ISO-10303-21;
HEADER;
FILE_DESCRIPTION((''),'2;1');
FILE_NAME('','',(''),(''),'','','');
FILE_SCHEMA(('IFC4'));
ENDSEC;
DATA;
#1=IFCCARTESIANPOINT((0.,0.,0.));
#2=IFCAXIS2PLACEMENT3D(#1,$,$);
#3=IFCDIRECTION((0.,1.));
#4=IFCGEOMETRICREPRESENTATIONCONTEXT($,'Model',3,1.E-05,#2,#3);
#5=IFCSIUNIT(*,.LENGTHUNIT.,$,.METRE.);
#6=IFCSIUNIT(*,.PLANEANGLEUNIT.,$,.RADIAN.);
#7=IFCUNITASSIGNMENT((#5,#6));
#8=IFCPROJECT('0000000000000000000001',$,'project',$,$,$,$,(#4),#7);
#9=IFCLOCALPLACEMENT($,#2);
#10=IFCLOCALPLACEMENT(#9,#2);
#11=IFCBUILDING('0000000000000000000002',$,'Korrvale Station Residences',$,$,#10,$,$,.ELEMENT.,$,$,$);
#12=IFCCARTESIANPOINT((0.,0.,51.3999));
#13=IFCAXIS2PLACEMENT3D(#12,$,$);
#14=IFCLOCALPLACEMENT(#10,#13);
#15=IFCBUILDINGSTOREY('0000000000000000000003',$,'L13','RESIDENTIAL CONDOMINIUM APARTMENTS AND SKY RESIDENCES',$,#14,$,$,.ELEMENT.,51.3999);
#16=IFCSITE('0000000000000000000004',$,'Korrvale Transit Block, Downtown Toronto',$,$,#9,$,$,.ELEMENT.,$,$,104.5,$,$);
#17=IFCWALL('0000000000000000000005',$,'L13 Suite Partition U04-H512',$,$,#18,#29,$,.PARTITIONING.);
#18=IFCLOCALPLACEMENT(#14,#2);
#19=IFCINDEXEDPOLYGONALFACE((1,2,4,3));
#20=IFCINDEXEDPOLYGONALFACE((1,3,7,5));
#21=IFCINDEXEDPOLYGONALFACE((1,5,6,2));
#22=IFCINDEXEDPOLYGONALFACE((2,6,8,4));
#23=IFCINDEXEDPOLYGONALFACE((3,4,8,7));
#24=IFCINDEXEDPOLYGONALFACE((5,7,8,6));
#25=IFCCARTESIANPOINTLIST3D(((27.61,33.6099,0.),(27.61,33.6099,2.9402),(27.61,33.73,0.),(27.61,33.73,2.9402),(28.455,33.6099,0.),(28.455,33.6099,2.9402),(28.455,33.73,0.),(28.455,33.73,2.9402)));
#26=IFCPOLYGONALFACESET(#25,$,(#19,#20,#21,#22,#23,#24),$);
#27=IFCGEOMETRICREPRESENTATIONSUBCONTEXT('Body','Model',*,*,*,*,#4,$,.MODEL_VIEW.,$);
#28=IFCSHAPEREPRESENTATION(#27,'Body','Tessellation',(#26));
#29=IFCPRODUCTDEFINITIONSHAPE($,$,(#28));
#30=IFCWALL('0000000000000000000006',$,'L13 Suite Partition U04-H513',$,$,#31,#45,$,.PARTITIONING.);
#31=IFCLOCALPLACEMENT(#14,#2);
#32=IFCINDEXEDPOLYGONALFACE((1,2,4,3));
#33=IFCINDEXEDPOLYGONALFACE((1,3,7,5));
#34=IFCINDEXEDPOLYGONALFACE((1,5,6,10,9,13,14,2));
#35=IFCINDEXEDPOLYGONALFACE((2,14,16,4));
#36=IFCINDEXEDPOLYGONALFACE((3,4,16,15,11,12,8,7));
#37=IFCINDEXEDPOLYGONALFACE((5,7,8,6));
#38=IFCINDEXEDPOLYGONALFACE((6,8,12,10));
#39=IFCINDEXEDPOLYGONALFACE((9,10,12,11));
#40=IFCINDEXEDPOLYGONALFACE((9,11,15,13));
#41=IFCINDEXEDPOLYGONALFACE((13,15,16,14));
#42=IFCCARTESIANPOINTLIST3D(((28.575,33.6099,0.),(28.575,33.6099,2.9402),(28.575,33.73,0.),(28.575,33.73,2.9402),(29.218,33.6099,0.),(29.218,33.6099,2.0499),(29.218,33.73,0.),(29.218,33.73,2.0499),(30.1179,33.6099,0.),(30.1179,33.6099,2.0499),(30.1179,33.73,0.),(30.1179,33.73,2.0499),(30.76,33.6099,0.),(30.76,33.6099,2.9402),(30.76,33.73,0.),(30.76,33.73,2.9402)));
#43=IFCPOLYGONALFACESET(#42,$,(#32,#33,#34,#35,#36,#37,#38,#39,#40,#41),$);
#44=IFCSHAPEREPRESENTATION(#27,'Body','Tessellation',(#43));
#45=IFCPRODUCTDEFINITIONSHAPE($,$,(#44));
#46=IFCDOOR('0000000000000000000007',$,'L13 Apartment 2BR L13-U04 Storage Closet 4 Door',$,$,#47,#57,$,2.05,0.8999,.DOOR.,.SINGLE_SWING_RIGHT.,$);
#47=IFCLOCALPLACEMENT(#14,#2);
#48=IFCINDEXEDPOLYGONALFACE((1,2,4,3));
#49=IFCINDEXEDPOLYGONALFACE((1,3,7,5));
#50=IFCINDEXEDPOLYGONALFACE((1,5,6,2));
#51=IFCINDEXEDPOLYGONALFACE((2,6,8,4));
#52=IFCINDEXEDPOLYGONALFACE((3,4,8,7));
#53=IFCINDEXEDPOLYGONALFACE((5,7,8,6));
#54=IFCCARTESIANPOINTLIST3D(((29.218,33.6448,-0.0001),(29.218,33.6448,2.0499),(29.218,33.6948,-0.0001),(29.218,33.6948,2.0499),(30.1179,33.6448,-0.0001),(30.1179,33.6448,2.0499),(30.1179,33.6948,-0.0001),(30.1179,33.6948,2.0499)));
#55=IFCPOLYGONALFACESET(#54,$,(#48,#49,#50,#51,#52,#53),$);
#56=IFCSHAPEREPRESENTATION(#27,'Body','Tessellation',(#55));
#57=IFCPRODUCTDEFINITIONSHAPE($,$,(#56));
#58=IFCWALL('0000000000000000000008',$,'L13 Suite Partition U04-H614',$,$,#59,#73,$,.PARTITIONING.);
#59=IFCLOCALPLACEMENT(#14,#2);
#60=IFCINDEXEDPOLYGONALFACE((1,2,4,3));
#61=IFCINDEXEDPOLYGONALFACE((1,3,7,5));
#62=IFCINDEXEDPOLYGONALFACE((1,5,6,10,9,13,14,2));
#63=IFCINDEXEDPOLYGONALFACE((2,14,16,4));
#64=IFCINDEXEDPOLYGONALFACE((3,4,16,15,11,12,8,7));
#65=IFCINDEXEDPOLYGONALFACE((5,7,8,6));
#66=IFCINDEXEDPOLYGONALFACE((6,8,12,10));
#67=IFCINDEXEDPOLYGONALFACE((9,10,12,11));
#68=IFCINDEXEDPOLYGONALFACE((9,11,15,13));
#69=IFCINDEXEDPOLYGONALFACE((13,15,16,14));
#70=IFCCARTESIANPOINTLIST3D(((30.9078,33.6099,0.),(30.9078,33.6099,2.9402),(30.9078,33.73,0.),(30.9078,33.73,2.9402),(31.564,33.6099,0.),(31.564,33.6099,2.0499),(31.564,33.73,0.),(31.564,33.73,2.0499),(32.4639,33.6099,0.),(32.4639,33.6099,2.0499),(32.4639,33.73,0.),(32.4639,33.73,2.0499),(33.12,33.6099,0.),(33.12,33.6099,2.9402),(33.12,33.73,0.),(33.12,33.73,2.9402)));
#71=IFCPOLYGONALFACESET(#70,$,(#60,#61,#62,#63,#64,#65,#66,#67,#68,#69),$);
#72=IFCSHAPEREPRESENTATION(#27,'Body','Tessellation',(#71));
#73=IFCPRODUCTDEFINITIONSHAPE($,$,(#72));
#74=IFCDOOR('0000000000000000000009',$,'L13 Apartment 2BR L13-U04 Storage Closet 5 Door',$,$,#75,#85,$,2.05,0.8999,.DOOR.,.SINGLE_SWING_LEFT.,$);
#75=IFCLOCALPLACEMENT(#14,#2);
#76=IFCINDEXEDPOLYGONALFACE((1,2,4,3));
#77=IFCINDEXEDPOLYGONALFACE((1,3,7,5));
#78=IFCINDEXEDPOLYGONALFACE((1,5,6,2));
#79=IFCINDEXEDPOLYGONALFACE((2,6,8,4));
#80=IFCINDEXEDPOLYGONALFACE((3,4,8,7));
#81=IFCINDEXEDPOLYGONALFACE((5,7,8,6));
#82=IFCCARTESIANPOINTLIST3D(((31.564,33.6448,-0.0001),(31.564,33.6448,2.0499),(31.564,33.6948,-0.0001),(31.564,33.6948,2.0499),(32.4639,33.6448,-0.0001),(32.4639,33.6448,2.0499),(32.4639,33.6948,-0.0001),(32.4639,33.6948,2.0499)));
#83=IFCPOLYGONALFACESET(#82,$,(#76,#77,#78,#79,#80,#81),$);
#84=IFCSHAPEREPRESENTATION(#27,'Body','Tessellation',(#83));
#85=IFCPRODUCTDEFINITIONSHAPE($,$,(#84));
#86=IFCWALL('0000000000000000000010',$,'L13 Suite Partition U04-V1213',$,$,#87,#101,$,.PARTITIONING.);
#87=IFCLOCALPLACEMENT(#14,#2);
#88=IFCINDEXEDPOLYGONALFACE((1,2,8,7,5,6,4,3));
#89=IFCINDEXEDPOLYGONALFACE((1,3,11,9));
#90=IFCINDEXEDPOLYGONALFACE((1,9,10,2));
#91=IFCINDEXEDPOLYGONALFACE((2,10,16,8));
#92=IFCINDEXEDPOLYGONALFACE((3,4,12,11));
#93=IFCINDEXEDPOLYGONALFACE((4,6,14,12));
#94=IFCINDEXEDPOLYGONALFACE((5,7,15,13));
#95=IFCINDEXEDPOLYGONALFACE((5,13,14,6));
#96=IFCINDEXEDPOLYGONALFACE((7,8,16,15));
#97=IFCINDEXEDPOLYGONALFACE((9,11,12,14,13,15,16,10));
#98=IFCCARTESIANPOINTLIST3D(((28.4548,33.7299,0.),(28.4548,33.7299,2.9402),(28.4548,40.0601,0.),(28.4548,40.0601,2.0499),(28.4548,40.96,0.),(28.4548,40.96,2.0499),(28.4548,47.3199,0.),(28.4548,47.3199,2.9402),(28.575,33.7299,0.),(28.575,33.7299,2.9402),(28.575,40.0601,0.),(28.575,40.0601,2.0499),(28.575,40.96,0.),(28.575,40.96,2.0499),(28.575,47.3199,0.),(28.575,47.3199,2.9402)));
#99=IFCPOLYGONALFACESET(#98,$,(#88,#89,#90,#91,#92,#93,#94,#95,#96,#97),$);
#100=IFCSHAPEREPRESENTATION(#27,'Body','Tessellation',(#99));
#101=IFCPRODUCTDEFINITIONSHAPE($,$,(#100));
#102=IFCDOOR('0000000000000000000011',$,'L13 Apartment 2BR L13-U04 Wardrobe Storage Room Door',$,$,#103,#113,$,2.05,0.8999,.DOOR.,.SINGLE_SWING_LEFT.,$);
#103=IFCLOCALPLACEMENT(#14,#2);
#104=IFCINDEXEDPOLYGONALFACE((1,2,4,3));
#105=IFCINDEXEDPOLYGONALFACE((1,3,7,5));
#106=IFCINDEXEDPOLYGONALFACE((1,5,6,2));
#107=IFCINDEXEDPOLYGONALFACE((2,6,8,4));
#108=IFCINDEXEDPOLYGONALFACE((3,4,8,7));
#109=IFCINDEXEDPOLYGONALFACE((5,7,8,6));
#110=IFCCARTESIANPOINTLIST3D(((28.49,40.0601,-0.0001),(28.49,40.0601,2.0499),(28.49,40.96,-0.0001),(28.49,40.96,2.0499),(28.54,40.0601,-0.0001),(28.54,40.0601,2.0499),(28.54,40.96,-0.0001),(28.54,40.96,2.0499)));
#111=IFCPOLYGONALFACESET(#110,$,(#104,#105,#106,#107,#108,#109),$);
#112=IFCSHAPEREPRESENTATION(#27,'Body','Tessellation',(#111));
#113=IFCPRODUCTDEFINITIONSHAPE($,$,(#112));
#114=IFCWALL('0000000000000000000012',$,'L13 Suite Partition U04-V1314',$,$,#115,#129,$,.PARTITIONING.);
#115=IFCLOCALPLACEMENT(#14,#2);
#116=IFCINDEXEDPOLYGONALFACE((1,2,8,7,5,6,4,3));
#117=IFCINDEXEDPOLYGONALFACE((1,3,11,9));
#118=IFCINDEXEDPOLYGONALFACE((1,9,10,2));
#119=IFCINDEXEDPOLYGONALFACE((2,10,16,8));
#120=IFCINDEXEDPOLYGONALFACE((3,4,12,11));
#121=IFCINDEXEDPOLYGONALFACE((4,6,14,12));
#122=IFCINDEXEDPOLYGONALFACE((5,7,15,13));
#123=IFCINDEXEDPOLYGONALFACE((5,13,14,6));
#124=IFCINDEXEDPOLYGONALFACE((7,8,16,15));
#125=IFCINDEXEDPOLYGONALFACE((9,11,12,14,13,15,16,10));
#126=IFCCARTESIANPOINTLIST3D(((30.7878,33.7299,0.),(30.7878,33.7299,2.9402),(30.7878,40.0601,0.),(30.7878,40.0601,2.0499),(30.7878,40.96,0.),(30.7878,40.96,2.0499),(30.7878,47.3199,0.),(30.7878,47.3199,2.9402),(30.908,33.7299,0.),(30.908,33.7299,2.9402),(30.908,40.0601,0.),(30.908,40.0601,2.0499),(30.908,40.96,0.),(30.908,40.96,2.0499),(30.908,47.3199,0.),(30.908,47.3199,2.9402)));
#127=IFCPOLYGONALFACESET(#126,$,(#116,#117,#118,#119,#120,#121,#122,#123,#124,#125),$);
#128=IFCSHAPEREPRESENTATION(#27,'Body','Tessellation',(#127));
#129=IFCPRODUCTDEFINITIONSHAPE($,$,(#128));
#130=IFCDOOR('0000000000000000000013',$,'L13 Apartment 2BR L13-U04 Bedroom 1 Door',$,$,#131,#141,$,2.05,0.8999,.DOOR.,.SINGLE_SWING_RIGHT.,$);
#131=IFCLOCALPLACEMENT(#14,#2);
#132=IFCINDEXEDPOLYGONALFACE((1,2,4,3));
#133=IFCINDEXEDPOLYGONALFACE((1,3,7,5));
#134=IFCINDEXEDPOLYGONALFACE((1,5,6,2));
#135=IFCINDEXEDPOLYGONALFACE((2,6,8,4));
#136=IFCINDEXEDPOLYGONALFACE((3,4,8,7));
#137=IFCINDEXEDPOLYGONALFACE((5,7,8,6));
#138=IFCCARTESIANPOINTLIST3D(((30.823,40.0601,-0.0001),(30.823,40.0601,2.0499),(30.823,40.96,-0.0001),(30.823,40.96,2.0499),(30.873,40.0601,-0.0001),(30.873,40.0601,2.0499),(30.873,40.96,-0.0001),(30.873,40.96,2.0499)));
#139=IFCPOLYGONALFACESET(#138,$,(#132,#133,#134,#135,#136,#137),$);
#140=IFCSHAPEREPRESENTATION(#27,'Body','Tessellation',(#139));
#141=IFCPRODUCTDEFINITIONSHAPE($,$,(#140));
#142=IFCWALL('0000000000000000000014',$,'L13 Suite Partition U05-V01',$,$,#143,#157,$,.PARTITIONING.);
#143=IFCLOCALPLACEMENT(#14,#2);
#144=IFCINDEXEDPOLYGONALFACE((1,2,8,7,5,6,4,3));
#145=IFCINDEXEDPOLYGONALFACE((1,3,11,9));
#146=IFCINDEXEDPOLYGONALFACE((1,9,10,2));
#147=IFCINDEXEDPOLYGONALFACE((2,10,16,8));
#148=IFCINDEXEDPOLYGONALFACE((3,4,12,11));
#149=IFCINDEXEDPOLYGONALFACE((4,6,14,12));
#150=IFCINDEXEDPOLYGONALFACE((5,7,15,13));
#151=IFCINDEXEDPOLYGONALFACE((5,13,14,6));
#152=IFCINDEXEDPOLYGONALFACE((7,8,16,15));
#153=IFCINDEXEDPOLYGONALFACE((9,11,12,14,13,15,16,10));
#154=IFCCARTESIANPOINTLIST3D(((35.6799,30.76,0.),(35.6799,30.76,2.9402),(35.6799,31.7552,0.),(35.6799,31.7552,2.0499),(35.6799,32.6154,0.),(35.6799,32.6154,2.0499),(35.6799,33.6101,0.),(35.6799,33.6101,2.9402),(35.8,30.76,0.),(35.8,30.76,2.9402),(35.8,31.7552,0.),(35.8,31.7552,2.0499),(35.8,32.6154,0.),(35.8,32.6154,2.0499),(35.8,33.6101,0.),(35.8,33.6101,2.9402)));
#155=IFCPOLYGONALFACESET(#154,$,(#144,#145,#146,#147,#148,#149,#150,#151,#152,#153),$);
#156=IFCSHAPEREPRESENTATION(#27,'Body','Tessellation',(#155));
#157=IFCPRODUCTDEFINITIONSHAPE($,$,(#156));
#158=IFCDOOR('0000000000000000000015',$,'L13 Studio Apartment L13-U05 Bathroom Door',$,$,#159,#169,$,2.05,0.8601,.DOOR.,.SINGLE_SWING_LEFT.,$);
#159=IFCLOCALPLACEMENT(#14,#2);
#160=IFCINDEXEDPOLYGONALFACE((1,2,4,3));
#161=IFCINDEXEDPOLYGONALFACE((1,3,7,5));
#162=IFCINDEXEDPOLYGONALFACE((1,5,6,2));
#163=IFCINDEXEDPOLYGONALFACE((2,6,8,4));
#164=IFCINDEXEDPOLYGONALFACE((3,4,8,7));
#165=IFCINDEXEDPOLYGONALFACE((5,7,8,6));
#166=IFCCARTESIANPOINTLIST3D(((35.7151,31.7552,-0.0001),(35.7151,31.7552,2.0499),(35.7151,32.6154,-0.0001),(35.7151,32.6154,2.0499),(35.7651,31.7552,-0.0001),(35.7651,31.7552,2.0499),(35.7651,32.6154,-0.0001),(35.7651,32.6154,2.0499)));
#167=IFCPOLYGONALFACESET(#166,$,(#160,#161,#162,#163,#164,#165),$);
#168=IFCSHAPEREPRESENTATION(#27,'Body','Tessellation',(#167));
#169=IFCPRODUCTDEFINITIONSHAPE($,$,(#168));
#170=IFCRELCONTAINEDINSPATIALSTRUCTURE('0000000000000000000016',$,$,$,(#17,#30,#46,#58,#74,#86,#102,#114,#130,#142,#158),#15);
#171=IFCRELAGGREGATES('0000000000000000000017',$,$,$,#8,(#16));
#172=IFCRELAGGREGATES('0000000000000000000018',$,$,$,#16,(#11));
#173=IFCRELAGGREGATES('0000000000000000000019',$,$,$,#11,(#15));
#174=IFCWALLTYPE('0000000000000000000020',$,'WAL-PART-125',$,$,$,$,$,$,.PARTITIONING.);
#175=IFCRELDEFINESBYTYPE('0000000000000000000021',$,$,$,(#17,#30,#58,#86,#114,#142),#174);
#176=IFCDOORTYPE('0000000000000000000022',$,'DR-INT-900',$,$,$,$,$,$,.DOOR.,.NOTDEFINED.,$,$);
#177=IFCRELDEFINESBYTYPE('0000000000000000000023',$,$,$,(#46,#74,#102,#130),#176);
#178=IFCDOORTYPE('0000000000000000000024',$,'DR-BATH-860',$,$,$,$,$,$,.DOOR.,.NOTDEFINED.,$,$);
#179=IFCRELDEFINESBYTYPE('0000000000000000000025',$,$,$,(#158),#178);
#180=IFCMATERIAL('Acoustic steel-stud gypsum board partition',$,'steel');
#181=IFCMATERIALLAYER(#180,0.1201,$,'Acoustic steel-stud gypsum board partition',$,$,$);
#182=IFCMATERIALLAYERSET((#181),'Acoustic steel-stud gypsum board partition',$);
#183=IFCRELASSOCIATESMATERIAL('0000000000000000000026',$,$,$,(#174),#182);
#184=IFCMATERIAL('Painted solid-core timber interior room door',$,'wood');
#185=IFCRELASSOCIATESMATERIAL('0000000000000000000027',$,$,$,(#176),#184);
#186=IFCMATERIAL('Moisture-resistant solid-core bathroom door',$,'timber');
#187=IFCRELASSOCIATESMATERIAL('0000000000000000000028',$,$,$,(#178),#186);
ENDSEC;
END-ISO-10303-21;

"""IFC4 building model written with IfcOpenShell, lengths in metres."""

from ifc_helpers import new_model, si_unit, direction, frame, frame_2d, origin, place, context, subcontext, project, spatial, rectangle, extrude, material, layer, layer_set, type_object, element, fill, save


model = new_model("IFC4")

# Units and contexts
model_context = context("Model", 3, precision=1e-05, world=origin(), true_north=direction((0.0, 1.0)))
body_context = subcontext(model_context, "Body", "Model", "MODEL_VIEW")
ifc_project = project(units=[si_unit("LENGTHUNIT", "METRE"), si_unit("PLANEANGLEUNIT", "RADIAN")], contexts=[model_context])

# Site, building, storey
site_placement = place(None, origin())
site = spatial("IfcSite", under=ifc_project, at=site_placement, Name="Korrvale Transit Block, Downtown Toronto", CompositionType="ELEMENT", RefElevation=104.5)
building_placement = place(site_placement, origin())
building = spatial("IfcBuilding", under=site, at=building_placement, Name="Korrvale Station Residences", CompositionType="ELEMENT")
storey_placement = place(building_placement, frame((0.0, 0.0, 51.3999)))
storey = spatial("IfcBuildingStorey", under=building, at=storey_placement, Name="L13", Description="RESIDENTIAL CONDOMINIUM APARTMENTS AND SKY RESIDENCES", CompositionType="ELEMENT", Elevation=51.3999)

# Wall
ifc_material_1 = material(Name="Acoustic steel-stud gypsum board partition", Category="steel")
ifc_layer_1 = layer(ifc_material_1, 0.1201, Name="Acoustic steel-stud gypsum board partition")
ifc_layer_set_1 = layer_set([ifc_layer_1], Name="Acoustic steel-stud gypsum board partition")
wall_type_1 = type_object("IfcWallType", Name="WAL-PART-125", PredefinedType="PARTITIONING", material=ifc_layer_set_1)
wall_1_placement = place(storey_placement, frame((27.6101, 33.6699, 0.0), z_axis=(0.0, 0.0, 1.0), x_axis=(1.0, 0.0, 0.0)))
element("IfcWall", 1, at=wall_1_placement, inside=storey, type_object=wall_type_1, Name="L13 Suite Partition U04-H512", PredefinedType="PARTITIONING", context=body_context, shape_type="SweptSolid", body=[
    extrude(rectangle(XDim=0.845, YDim=0.1201, at=frame_2d((0.4224, 0.0))), origin(), (0.0, 0.0, 1.0), 2.9402),
])

# Walls, openings, doors
wall_2_placement = place(storey_placement, frame((28.575, 33.6699, 0.0), z_axis=(0.0, 0.0, 1.0), x_axis=(1.0, 0.0, 0.0)))
wall_2 = element("IfcWall", 2, at=wall_2_placement, inside=storey, type_object=wall_type_1, Name="L13 Suite Partition U04-H513", PredefinedType="PARTITIONING", context=body_context, shape_type="SweptSolid", body=[
    extrude(rectangle(XDim=2.1851, YDim=0.1201, at=frame_2d((1.0925, 0.0))), origin(), (0.0, 0.0, 1.0), 2.9402),
])
opening_1_placement = place(wall_2_placement, frame((0.6431, 0.0, 0.0)))
opening_1 = element("IfcOpeningElement", 3, at=opening_1_placement, cuts=wall_2, PredefinedType="OPENING", context=body_context, shape_type="SweptSolid", body=[
    extrude(rectangle(XDim=0.8999, YDim=2.05, at=frame_2d((0.45, 1.0249))), frame((0.0, 0.0701, 0.0), z_axis=(0.0, -1.0, 0.0), x_axis=(1.0, 0.0, 0.0)), (0.0, 0.0, 1.0), 0.1401),
])
ifc_material_2 = material(Name="Painted solid-core timber interior room door", Category="wood")
door_type_1 = type_object("IfcDoorType", Name="DR-INT-900", OperationType="NOTDEFINED", PredefinedType="DOOR", material=ifc_material_2)
door_1_placement = place(opening_1_placement, origin())
door_1 = element("IfcDoor", 4, at=door_1_placement, inside=storey, type_object=door_type_1, Name="L13 Apartment 2BR L13-U04 Storage Closet 4 Door", OperationType="SINGLE_SWING_RIGHT", OverallHeight=2.05, OverallWidth=0.8999, PredefinedType="DOOR", context=body_context, shape_type="SweptSolid", body=[
    extrude(rectangle(XDim=0.8999, YDim=2.05, at=frame_2d((0.45, 1.0249))), frame((0.0, 0.0249, 0.0), z_axis=(0.0, -1.0, 0.0), x_axis=(1.0, 0.0, 0.0)), (0.0, 0.0, 1.0), 0.05),
])
fill(opening_1, door_1)
wall_3_placement = place(storey_placement, frame((30.908, 33.6699, 0.0), z_axis=(0.0, 0.0, 1.0), x_axis=(1.0, 0.0, 0.0)))
wall_3 = element("IfcWall", 5, at=wall_3_placement, inside=storey, type_object=wall_type_1, Name="L13 Suite Partition U04-H614", PredefinedType="PARTITIONING", context=body_context, shape_type="SweptSolid", body=[
    extrude(rectangle(XDim=2.2122, YDim=0.1201, at=frame_2d((1.106, 0.0))), origin(), (0.0, 0.0, 1.0), 2.9402),
])
opening_2_placement = place(wall_3_placement, frame((0.656, 0.0, 0.0)))
opening_2 = element("IfcOpeningElement", 6, at=opening_2_placement, cuts=wall_3, PredefinedType="OPENING", context=body_context, shape_type="SweptSolid", body=[
    extrude(rectangle(XDim=0.8999, YDim=2.05, at=frame_2d((0.45, 1.0249))), frame((0.0, 0.0701, 0.0), z_axis=(0.0, -1.0, 0.0), x_axis=(1.0, 0.0, 0.0)), (0.0, 0.0, 1.0), 0.1401),
])
door_2_placement = place(opening_2_placement, origin())
door_2 = element("IfcDoor", 7, at=door_2_placement, inside=storey, type_object=door_type_1, Name="L13 Apartment 2BR L13-U04 Storage Closet 5 Door", OperationType="SINGLE_SWING_LEFT", OverallHeight=2.05, OverallWidth=0.8999, PredefinedType="DOOR", context=body_context, shape_type="SweptSolid", body=[
    extrude(rectangle(XDim=0.8999, YDim=2.05, at=frame_2d((0.45, 1.0249))), frame((0.0, 0.0249, 0.0), z_axis=(0.0, -1.0, 0.0), x_axis=(1.0, 0.0, 0.0)), (0.0, 0.0, 1.0), 0.05),
])
fill(opening_2, door_2)
wall_4_placement = place(storey_placement, frame((28.5149, 33.73, 0.0), z_axis=(0.0, 0.0, 1.0), x_axis=(0.0, 1.0, 0.0)))
wall_4 = element("IfcWall", 8, at=wall_4_placement, inside=storey, type_object=wall_type_1, Name="L13 Suite Partition U04-V1213", PredefinedType="PARTITIONING", context=body_context, shape_type="SweptSolid", body=[
    extrude(rectangle(XDim=13.5901, YDim=0.1201, at=frame_2d((6.7949, 0.0))), origin(), (0.0, 0.0, 1.0), 2.9402),
])
opening_3_placement = place(wall_4_placement, frame((6.3301, 0.0, 0.0)))
opening_3 = element("IfcOpeningElement", 9, at=opening_3_placement, cuts=wall_4, PredefinedType="OPENING", context=body_context, shape_type="SweptSolid", body=[
    extrude(rectangle(XDim=0.8999, YDim=2.05, at=frame_2d((0.45, 1.0249))), frame((0.0, 0.0701, 0.0), z_axis=(0.0, -1.0, 0.0), x_axis=(1.0, 0.0, 0.0)), (0.0, 0.0, 1.0), 0.1401),
])
door_3_placement = place(opening_3_placement, origin())
door_3 = element("IfcDoor", 10, at=door_3_placement, inside=storey, type_object=door_type_1, Name="L13 Apartment 2BR L13-U04 Wardrobe Storage Room Door", OperationType="SINGLE_SWING_LEFT", OverallHeight=2.05, OverallWidth=0.8999, PredefinedType="DOOR", context=body_context, shape_type="SweptSolid", body=[
    extrude(rectangle(XDim=0.8999, YDim=2.05, at=frame_2d((0.45, 1.0249))), frame((0.0, 0.0249, 0.0), z_axis=(0.0, -1.0, 0.0), x_axis=(1.0, 0.0, 0.0)), (0.0, 0.0, 1.0), 0.05),
])
fill(opening_3, door_3)
wall_5_placement = place(storey_placement, frame((30.8479, 33.73, 0.0), z_axis=(0.0, 0.0, 1.0), x_axis=(0.0, 1.0, 0.0)))
wall_5 = element("IfcWall", 11, at=wall_5_placement, inside=storey, type_object=wall_type_1, Name="L13 Suite Partition U04-V1314", PredefinedType="PARTITIONING", context=body_context, shape_type="SweptSolid", body=[
    extrude(rectangle(XDim=13.5901, YDim=0.1201, at=frame_2d((6.7949, 0.0))), origin(), (0.0, 0.0, 1.0), 2.9402),
])
opening_4_placement = place(wall_5_placement, frame((6.3301, 0.0, 0.0)))
opening_4 = element("IfcOpeningElement", 12, at=opening_4_placement, cuts=wall_5, PredefinedType="OPENING", context=body_context, shape_type="SweptSolid", body=[
    extrude(rectangle(XDim=0.8999, YDim=2.05, at=frame_2d((0.45, 1.0249))), frame((0.0, 0.0701, 0.0), z_axis=(0.0, -1.0, 0.0), x_axis=(1.0, 0.0, 0.0)), (0.0, 0.0, 1.0), 0.1401),
])
door_4_placement = place(opening_4_placement, origin())
door_4 = element("IfcDoor", 13, at=door_4_placement, inside=storey, type_object=door_type_1, Name="L13 Apartment 2BR L13-U04 Bedroom 1 Door", OperationType="SINGLE_SWING_RIGHT", OverallHeight=2.05, OverallWidth=0.8999, PredefinedType="DOOR", context=body_context, shape_type="SweptSolid", body=[
    extrude(rectangle(XDim=0.8999, YDim=2.05, at=frame_2d((0.45, 1.0249))), frame((0.0, 0.0249, 0.0), z_axis=(0.0, -1.0, 0.0), x_axis=(1.0, 0.0, 0.0)), (0.0, 0.0, 1.0), 0.05),
])
fill(opening_4, door_4)
wall_6_placement = place(storey_placement, frame((35.74, 30.76, 0.0), z_axis=(0.0, 0.0, 1.0), x_axis=(0.0, 1.0, 0.0)))
wall_6 = element("IfcWall", 14, at=wall_6_placement, inside=storey, type_object=wall_type_1, Name="L13 Suite Partition U05-V01", PredefinedType="PARTITIONING", context=body_context, shape_type="SweptSolid", body=[
    extrude(rectangle(XDim=2.8501, YDim=0.1201, at=frame_2d((1.425, 0.0))), origin(), (0.0, 0.0, 1.0), 2.9402),
])
opening_5_placement = place(wall_6_placement, frame((0.9951, 0.0, 0.0)))
opening_5 = element("IfcOpeningElement", 15, at=opening_5_placement, cuts=wall_6, PredefinedType="OPENING", context=body_context, shape_type="SweptSolid", body=[
    extrude(rectangle(XDim=0.8601, YDim=2.05, at=frame_2d((0.4302, 1.0249))), frame((0.0, 0.0701, 0.0), z_axis=(0.0, -1.0, 0.0), x_axis=(1.0, 0.0, 0.0)), (0.0, 0.0, 1.0), 0.1401),
])
ifc_material_3 = material(Name="Moisture-resistant solid-core bathroom door", Category="timber")
door_type_2 = type_object("IfcDoorType", Name="DR-BATH-860", OperationType="NOTDEFINED", PredefinedType="DOOR", material=ifc_material_3)
door_5_placement = place(opening_5_placement, origin())
door_5 = element("IfcDoor", 16, at=door_5_placement, inside=storey, type_object=door_type_2, Name="L13 Studio Apartment L13-U05 Bathroom Door", OperationType="SINGLE_SWING_LEFT", OverallHeight=2.05, OverallWidth=0.8601, PredefinedType="DOOR", context=body_context, shape_type="SweptSolid", body=[
    extrude(rectangle(XDim=0.8601, YDim=2.05, at=frame_2d((0.4302, 1.0249))), frame((0.0, 0.0249, 0.0), z_axis=(0.0, -1.0, 0.0), x_axis=(1.0, 0.0, 0.0)), (0.0, 0.0, 1.0), 0.05),
])
fill(opening_5, door_5)

save(model, "model.ifc")
